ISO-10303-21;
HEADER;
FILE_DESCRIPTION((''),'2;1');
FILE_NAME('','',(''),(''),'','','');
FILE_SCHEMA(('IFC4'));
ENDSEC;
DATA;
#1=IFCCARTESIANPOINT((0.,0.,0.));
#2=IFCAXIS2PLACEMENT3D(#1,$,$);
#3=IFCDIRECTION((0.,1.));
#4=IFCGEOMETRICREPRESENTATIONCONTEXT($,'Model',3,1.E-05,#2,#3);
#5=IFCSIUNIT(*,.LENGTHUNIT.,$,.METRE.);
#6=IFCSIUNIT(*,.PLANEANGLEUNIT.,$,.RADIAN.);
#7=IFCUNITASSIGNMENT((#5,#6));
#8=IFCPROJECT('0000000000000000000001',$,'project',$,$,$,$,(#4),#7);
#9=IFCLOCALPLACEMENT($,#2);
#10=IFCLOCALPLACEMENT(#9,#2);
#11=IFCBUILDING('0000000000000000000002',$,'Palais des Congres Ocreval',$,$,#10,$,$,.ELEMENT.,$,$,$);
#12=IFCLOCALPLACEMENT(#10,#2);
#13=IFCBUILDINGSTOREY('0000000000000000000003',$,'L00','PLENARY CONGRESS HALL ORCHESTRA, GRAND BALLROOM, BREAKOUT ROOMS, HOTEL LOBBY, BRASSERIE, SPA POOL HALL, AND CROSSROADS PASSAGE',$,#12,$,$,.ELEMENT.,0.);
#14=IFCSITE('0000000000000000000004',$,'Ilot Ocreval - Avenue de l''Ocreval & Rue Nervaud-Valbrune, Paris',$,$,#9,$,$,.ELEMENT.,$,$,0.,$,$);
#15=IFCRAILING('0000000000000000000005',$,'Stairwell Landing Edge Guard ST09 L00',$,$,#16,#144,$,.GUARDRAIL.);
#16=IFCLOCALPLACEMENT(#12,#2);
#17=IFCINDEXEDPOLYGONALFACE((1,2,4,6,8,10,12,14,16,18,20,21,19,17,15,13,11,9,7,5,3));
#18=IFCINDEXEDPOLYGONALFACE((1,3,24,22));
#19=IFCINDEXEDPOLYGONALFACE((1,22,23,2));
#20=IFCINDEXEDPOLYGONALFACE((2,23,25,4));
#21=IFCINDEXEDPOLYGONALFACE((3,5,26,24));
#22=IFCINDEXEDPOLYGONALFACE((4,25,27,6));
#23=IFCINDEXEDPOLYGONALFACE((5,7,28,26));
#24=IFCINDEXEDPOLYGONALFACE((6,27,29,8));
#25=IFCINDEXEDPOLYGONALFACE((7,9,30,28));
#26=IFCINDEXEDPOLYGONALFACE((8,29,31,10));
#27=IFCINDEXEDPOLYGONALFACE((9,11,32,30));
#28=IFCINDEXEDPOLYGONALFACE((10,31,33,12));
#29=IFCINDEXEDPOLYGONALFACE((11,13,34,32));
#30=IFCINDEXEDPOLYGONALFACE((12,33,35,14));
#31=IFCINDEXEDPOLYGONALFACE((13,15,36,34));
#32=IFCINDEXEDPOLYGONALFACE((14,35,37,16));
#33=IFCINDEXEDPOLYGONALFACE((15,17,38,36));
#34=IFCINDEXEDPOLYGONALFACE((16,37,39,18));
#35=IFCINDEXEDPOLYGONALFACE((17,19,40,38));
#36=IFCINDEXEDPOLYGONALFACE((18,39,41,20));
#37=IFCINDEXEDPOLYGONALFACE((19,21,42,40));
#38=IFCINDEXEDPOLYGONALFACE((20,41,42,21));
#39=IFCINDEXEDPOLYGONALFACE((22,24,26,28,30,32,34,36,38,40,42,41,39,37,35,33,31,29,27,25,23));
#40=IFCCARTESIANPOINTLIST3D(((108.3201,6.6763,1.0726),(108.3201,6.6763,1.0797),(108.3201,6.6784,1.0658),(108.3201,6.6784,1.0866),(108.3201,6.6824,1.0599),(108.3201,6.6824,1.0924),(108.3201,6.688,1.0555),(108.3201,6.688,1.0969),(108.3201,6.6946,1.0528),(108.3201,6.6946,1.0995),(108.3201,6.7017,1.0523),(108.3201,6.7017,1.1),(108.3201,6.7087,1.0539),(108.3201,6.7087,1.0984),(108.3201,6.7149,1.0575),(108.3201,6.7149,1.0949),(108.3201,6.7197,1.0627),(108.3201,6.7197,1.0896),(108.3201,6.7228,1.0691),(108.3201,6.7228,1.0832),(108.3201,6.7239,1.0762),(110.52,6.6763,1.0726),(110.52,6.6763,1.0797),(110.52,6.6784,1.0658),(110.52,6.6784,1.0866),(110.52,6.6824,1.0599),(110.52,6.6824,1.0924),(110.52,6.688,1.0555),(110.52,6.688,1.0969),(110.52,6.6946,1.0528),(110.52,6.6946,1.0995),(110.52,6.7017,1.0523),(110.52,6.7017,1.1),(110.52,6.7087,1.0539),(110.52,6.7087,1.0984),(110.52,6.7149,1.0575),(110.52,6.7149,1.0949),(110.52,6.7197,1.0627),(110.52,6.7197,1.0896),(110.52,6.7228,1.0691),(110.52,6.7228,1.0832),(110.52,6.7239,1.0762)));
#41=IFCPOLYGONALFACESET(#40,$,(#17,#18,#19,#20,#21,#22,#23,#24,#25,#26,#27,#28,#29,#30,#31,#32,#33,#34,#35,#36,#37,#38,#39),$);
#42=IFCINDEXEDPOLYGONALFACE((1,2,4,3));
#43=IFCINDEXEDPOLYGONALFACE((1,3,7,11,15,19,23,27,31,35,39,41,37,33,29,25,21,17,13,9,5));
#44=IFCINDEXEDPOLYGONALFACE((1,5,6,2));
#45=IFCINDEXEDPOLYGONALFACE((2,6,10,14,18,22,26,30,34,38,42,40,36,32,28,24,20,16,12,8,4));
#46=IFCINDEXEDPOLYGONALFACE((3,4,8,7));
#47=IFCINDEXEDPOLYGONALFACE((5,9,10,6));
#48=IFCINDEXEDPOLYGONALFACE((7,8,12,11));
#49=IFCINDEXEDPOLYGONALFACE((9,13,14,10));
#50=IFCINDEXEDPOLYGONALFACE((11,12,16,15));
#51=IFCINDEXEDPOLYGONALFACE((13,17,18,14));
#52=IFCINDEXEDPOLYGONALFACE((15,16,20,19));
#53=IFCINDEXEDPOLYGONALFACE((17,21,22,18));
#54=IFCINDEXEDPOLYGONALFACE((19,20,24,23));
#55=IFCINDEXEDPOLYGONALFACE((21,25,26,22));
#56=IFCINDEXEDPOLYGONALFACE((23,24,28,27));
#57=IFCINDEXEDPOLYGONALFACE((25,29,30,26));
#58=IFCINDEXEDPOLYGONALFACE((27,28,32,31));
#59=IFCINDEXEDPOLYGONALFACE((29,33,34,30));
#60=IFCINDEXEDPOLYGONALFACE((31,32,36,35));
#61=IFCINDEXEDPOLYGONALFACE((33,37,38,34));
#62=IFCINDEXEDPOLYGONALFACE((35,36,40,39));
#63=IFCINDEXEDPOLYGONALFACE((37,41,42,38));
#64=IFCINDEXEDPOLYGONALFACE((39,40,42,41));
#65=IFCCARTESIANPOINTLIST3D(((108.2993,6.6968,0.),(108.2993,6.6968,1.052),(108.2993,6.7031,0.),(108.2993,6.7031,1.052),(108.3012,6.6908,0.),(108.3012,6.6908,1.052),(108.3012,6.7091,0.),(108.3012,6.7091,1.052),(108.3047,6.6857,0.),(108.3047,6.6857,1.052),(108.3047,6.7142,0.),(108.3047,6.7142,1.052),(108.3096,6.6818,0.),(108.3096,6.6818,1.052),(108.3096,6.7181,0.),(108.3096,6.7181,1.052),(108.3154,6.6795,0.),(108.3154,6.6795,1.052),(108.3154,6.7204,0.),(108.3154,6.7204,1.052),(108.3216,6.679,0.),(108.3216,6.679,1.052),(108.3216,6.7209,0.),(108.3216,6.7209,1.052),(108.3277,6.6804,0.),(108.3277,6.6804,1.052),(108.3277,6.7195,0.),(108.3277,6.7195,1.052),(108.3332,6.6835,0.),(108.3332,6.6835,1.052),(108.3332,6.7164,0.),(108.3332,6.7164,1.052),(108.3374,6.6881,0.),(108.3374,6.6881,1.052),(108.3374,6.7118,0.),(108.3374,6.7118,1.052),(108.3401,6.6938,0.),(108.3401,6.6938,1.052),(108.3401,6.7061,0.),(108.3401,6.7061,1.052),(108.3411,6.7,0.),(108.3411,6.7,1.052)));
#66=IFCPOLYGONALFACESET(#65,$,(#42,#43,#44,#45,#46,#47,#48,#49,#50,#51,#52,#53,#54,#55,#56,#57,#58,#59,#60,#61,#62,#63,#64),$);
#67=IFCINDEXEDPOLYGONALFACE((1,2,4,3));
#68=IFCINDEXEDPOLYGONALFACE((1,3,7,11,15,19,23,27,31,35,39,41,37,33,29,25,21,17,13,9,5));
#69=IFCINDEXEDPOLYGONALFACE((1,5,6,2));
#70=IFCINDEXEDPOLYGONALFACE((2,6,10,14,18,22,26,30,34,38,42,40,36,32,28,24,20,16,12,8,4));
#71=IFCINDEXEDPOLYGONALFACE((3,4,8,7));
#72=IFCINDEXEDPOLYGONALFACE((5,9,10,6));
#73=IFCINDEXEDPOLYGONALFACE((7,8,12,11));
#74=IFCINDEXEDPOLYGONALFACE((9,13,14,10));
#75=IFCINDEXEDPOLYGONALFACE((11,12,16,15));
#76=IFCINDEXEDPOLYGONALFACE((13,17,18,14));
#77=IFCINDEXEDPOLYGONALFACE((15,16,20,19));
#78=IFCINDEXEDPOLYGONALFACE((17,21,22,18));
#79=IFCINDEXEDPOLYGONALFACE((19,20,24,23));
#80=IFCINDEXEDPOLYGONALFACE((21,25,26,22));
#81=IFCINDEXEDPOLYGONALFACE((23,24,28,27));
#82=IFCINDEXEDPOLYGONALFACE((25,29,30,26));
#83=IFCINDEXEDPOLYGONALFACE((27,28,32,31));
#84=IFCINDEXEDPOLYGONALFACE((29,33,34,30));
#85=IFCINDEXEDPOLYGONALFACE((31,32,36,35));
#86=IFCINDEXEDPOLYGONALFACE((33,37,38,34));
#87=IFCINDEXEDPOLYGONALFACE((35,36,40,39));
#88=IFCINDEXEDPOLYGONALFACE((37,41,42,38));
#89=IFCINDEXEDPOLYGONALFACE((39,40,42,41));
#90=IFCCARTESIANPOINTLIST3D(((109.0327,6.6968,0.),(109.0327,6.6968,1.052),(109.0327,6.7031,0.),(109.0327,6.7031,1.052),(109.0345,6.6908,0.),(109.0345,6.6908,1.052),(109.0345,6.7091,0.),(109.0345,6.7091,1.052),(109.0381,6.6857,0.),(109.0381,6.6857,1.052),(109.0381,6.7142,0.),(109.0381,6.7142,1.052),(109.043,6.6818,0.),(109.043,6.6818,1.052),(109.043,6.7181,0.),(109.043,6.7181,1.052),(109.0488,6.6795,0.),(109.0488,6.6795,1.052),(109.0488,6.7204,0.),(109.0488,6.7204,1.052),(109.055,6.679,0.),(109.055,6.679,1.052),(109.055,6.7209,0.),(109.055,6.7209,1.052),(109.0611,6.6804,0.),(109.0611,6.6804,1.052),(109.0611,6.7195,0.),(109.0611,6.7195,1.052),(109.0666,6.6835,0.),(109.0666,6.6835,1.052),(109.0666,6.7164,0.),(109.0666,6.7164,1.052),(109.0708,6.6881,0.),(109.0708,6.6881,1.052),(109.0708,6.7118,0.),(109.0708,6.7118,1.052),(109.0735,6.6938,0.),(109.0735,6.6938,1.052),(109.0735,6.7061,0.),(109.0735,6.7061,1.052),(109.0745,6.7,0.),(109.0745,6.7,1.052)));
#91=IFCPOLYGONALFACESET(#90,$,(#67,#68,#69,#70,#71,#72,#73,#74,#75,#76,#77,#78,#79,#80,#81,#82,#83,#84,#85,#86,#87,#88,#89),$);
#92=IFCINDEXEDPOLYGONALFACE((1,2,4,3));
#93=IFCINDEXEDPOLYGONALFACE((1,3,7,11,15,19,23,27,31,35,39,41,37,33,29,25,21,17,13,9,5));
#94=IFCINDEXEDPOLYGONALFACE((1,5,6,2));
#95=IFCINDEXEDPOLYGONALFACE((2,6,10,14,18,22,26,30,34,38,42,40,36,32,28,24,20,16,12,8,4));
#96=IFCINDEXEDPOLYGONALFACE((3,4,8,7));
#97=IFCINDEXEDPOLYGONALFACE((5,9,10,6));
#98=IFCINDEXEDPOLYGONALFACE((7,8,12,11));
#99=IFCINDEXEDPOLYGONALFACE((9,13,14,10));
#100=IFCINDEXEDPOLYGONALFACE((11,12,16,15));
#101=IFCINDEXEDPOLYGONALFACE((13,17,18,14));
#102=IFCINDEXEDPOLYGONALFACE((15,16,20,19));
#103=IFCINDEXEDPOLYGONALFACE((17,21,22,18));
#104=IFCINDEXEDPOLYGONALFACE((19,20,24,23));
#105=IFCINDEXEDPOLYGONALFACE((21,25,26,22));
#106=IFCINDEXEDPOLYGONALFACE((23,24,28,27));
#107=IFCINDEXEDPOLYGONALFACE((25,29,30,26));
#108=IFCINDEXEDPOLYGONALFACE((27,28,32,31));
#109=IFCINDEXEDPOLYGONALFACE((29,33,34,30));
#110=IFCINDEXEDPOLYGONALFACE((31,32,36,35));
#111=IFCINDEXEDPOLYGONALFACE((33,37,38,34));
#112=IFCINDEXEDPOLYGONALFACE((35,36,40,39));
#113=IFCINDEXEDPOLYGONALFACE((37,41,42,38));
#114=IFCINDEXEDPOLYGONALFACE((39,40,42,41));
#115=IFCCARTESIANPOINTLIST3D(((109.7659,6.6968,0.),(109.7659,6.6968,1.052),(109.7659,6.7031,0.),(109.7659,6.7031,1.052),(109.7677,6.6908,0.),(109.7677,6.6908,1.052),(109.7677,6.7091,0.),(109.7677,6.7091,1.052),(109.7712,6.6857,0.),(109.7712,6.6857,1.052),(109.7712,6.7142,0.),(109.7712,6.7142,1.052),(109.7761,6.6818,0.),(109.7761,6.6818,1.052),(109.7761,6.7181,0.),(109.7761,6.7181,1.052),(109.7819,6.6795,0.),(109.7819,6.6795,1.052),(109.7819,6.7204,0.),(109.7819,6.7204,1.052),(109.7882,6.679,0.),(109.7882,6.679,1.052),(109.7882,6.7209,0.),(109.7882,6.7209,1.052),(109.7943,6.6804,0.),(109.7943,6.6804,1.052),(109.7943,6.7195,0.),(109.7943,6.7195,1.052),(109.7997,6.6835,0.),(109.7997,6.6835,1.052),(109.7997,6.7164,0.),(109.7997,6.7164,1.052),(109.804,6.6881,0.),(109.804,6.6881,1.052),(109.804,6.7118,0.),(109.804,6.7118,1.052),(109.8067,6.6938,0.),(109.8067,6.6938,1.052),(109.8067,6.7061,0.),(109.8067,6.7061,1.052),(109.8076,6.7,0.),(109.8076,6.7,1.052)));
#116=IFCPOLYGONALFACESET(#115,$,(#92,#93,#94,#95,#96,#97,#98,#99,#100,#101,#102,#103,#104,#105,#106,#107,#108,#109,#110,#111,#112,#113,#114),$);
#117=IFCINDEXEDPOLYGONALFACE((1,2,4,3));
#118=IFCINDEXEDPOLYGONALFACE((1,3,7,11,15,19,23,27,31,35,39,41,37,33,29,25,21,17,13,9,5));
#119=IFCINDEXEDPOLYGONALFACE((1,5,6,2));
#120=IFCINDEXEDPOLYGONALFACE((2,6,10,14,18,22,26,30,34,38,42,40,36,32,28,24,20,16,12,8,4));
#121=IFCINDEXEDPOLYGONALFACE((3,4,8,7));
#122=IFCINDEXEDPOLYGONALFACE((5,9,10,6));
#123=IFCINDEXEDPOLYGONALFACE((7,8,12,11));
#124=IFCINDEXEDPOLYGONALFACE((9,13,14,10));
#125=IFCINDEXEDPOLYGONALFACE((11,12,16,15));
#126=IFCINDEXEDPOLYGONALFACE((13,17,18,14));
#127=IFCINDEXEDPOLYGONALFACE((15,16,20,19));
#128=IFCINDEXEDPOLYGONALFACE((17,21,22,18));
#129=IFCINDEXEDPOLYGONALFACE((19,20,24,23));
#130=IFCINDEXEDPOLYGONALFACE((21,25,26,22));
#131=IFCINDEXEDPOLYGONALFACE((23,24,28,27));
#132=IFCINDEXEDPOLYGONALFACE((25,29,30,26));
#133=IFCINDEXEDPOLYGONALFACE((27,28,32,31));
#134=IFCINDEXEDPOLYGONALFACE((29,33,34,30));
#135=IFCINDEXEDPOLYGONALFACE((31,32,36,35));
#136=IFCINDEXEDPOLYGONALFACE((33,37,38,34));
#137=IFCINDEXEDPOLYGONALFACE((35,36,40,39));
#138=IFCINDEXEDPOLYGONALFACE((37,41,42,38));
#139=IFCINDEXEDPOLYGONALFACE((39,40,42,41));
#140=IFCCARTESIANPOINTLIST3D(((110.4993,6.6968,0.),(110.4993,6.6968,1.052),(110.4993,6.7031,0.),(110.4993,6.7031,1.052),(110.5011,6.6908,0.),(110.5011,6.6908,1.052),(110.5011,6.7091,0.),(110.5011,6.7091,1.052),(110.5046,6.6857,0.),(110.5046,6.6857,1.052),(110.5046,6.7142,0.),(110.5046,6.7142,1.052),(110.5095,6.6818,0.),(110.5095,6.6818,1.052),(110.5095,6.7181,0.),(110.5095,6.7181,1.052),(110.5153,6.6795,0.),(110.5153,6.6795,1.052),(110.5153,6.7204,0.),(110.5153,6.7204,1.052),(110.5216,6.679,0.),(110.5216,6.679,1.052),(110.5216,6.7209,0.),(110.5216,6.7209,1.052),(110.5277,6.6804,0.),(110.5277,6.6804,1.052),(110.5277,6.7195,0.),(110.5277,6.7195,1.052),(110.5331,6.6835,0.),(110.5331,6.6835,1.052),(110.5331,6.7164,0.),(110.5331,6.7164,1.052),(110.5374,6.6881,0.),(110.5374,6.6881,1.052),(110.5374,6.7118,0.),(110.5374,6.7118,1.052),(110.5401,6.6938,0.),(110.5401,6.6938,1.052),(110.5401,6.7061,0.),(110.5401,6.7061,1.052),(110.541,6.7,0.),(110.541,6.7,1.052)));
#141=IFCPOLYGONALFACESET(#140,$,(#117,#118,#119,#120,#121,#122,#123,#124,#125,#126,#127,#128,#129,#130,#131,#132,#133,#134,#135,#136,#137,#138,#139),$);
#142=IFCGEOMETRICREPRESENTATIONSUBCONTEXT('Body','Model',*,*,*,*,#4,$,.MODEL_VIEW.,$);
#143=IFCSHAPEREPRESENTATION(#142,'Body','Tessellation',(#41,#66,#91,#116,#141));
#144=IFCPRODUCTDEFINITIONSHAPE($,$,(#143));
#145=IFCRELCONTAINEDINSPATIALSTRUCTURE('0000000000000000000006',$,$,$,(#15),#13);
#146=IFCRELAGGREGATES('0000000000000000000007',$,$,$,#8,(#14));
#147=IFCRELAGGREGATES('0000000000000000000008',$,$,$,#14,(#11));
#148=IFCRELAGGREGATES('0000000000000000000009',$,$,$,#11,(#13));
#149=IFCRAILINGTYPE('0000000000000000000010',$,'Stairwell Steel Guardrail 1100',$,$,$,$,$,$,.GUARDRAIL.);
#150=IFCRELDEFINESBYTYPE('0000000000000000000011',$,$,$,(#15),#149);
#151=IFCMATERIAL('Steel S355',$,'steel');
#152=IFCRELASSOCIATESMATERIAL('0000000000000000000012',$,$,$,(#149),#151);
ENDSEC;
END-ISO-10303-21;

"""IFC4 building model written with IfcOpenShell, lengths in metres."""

from ifc_helpers import new_model, si_unit, direction, frame, origin, origin_2d, place, context, subcontext, project, spatial, circle, extrude, material, type_object, element, save


model = new_model("IFC4")

# Units and contexts
model_context = context("Model", 3, precision=1e-05, world=origin(), true_north=direction((0.0, 1.0)))
body_context = subcontext(model_context, "Body", "Model", "MODEL_VIEW")
ifc_project = project(units=[si_unit("LENGTHUNIT", "METRE"), si_unit("PLANEANGLEUNIT", "RADIAN")], contexts=[model_context])

# Site, building, storey
site_placement = place(None, origin())
site = spatial("IfcSite", under=ifc_project, at=site_placement, Name="Ilot Ocreval - Avenue de l'Ocreval & Rue Nervaud-Valbrune, Paris", CompositionType="ELEMENT", RefElevation=0.0)
building_placement = place(site_placement, origin())
building = spatial("IfcBuilding", under=site, at=building_placement, Name="Palais des Congres Ocreval", CompositionType="ELEMENT")
storey_placement = place(building_placement, origin())
storey = spatial("IfcBuildingStorey", under=building, at=storey_placement, Name="L00", Description="PLENARY CONGRESS HALL ORCHESTRA, GRAND BALLROOM, BREAKOUT ROOMS, HOTEL LOBBY, BRASSERIE, SPA POOL HALL, AND CROSSROADS PASSAGE", CompositionType="ELEMENT", Elevation=0.0)

# Shared definitions
ifc_material_1 = material(Name="Steel S355", Category="steel")

# Railing
railing_type = type_object("IfcRailingType", Name="Stairwell Steel Guardrail 1100", PredefinedType="GUARDRAIL", material=ifc_material_1)
railing_placement = place(storey_placement, frame((108.3201, 6.7, 0.0)))
element("IfcRailing", 1, at=railing_placement, inside=storey, type_object=railing_type, Name="Stairwell Landing Edge Guard ST09 L00", PredefinedType="GUARDRAIL", context=body_context, shape_type="SweptSolid", body=[
    extrude(circle(Radius=0.0239, at=origin_2d()), frame((0.0, 0.0, 1.0762), z_axis=(1.0, 0.0, 0.0), x_axis=(0.0, 1.0, 0.0)), (0.0, 0.0, 1.0), 2.2),
    extrude(circle(Radius=0.021, at=origin_2d()), origin(), (0.0, 0.0, 1.0), 1.052),
    extrude(circle(Radius=0.021, at=origin_2d()), frame((0.7334, 0.0, 0.0)), (0.0, 0.0, 1.0), 1.052),
    extrude(circle(Radius=0.021, at=origin_2d()), frame((1.4666, 0.0, 0.0)), (0.0, 0.0, 1.0), 1.052),
    extrude(circle(Radius=0.021, at=origin_2d()), frame((2.2, 0.0, 0.0)), (0.0, 0.0, 1.0), 1.052),
])

save(model, "model.ifc")
